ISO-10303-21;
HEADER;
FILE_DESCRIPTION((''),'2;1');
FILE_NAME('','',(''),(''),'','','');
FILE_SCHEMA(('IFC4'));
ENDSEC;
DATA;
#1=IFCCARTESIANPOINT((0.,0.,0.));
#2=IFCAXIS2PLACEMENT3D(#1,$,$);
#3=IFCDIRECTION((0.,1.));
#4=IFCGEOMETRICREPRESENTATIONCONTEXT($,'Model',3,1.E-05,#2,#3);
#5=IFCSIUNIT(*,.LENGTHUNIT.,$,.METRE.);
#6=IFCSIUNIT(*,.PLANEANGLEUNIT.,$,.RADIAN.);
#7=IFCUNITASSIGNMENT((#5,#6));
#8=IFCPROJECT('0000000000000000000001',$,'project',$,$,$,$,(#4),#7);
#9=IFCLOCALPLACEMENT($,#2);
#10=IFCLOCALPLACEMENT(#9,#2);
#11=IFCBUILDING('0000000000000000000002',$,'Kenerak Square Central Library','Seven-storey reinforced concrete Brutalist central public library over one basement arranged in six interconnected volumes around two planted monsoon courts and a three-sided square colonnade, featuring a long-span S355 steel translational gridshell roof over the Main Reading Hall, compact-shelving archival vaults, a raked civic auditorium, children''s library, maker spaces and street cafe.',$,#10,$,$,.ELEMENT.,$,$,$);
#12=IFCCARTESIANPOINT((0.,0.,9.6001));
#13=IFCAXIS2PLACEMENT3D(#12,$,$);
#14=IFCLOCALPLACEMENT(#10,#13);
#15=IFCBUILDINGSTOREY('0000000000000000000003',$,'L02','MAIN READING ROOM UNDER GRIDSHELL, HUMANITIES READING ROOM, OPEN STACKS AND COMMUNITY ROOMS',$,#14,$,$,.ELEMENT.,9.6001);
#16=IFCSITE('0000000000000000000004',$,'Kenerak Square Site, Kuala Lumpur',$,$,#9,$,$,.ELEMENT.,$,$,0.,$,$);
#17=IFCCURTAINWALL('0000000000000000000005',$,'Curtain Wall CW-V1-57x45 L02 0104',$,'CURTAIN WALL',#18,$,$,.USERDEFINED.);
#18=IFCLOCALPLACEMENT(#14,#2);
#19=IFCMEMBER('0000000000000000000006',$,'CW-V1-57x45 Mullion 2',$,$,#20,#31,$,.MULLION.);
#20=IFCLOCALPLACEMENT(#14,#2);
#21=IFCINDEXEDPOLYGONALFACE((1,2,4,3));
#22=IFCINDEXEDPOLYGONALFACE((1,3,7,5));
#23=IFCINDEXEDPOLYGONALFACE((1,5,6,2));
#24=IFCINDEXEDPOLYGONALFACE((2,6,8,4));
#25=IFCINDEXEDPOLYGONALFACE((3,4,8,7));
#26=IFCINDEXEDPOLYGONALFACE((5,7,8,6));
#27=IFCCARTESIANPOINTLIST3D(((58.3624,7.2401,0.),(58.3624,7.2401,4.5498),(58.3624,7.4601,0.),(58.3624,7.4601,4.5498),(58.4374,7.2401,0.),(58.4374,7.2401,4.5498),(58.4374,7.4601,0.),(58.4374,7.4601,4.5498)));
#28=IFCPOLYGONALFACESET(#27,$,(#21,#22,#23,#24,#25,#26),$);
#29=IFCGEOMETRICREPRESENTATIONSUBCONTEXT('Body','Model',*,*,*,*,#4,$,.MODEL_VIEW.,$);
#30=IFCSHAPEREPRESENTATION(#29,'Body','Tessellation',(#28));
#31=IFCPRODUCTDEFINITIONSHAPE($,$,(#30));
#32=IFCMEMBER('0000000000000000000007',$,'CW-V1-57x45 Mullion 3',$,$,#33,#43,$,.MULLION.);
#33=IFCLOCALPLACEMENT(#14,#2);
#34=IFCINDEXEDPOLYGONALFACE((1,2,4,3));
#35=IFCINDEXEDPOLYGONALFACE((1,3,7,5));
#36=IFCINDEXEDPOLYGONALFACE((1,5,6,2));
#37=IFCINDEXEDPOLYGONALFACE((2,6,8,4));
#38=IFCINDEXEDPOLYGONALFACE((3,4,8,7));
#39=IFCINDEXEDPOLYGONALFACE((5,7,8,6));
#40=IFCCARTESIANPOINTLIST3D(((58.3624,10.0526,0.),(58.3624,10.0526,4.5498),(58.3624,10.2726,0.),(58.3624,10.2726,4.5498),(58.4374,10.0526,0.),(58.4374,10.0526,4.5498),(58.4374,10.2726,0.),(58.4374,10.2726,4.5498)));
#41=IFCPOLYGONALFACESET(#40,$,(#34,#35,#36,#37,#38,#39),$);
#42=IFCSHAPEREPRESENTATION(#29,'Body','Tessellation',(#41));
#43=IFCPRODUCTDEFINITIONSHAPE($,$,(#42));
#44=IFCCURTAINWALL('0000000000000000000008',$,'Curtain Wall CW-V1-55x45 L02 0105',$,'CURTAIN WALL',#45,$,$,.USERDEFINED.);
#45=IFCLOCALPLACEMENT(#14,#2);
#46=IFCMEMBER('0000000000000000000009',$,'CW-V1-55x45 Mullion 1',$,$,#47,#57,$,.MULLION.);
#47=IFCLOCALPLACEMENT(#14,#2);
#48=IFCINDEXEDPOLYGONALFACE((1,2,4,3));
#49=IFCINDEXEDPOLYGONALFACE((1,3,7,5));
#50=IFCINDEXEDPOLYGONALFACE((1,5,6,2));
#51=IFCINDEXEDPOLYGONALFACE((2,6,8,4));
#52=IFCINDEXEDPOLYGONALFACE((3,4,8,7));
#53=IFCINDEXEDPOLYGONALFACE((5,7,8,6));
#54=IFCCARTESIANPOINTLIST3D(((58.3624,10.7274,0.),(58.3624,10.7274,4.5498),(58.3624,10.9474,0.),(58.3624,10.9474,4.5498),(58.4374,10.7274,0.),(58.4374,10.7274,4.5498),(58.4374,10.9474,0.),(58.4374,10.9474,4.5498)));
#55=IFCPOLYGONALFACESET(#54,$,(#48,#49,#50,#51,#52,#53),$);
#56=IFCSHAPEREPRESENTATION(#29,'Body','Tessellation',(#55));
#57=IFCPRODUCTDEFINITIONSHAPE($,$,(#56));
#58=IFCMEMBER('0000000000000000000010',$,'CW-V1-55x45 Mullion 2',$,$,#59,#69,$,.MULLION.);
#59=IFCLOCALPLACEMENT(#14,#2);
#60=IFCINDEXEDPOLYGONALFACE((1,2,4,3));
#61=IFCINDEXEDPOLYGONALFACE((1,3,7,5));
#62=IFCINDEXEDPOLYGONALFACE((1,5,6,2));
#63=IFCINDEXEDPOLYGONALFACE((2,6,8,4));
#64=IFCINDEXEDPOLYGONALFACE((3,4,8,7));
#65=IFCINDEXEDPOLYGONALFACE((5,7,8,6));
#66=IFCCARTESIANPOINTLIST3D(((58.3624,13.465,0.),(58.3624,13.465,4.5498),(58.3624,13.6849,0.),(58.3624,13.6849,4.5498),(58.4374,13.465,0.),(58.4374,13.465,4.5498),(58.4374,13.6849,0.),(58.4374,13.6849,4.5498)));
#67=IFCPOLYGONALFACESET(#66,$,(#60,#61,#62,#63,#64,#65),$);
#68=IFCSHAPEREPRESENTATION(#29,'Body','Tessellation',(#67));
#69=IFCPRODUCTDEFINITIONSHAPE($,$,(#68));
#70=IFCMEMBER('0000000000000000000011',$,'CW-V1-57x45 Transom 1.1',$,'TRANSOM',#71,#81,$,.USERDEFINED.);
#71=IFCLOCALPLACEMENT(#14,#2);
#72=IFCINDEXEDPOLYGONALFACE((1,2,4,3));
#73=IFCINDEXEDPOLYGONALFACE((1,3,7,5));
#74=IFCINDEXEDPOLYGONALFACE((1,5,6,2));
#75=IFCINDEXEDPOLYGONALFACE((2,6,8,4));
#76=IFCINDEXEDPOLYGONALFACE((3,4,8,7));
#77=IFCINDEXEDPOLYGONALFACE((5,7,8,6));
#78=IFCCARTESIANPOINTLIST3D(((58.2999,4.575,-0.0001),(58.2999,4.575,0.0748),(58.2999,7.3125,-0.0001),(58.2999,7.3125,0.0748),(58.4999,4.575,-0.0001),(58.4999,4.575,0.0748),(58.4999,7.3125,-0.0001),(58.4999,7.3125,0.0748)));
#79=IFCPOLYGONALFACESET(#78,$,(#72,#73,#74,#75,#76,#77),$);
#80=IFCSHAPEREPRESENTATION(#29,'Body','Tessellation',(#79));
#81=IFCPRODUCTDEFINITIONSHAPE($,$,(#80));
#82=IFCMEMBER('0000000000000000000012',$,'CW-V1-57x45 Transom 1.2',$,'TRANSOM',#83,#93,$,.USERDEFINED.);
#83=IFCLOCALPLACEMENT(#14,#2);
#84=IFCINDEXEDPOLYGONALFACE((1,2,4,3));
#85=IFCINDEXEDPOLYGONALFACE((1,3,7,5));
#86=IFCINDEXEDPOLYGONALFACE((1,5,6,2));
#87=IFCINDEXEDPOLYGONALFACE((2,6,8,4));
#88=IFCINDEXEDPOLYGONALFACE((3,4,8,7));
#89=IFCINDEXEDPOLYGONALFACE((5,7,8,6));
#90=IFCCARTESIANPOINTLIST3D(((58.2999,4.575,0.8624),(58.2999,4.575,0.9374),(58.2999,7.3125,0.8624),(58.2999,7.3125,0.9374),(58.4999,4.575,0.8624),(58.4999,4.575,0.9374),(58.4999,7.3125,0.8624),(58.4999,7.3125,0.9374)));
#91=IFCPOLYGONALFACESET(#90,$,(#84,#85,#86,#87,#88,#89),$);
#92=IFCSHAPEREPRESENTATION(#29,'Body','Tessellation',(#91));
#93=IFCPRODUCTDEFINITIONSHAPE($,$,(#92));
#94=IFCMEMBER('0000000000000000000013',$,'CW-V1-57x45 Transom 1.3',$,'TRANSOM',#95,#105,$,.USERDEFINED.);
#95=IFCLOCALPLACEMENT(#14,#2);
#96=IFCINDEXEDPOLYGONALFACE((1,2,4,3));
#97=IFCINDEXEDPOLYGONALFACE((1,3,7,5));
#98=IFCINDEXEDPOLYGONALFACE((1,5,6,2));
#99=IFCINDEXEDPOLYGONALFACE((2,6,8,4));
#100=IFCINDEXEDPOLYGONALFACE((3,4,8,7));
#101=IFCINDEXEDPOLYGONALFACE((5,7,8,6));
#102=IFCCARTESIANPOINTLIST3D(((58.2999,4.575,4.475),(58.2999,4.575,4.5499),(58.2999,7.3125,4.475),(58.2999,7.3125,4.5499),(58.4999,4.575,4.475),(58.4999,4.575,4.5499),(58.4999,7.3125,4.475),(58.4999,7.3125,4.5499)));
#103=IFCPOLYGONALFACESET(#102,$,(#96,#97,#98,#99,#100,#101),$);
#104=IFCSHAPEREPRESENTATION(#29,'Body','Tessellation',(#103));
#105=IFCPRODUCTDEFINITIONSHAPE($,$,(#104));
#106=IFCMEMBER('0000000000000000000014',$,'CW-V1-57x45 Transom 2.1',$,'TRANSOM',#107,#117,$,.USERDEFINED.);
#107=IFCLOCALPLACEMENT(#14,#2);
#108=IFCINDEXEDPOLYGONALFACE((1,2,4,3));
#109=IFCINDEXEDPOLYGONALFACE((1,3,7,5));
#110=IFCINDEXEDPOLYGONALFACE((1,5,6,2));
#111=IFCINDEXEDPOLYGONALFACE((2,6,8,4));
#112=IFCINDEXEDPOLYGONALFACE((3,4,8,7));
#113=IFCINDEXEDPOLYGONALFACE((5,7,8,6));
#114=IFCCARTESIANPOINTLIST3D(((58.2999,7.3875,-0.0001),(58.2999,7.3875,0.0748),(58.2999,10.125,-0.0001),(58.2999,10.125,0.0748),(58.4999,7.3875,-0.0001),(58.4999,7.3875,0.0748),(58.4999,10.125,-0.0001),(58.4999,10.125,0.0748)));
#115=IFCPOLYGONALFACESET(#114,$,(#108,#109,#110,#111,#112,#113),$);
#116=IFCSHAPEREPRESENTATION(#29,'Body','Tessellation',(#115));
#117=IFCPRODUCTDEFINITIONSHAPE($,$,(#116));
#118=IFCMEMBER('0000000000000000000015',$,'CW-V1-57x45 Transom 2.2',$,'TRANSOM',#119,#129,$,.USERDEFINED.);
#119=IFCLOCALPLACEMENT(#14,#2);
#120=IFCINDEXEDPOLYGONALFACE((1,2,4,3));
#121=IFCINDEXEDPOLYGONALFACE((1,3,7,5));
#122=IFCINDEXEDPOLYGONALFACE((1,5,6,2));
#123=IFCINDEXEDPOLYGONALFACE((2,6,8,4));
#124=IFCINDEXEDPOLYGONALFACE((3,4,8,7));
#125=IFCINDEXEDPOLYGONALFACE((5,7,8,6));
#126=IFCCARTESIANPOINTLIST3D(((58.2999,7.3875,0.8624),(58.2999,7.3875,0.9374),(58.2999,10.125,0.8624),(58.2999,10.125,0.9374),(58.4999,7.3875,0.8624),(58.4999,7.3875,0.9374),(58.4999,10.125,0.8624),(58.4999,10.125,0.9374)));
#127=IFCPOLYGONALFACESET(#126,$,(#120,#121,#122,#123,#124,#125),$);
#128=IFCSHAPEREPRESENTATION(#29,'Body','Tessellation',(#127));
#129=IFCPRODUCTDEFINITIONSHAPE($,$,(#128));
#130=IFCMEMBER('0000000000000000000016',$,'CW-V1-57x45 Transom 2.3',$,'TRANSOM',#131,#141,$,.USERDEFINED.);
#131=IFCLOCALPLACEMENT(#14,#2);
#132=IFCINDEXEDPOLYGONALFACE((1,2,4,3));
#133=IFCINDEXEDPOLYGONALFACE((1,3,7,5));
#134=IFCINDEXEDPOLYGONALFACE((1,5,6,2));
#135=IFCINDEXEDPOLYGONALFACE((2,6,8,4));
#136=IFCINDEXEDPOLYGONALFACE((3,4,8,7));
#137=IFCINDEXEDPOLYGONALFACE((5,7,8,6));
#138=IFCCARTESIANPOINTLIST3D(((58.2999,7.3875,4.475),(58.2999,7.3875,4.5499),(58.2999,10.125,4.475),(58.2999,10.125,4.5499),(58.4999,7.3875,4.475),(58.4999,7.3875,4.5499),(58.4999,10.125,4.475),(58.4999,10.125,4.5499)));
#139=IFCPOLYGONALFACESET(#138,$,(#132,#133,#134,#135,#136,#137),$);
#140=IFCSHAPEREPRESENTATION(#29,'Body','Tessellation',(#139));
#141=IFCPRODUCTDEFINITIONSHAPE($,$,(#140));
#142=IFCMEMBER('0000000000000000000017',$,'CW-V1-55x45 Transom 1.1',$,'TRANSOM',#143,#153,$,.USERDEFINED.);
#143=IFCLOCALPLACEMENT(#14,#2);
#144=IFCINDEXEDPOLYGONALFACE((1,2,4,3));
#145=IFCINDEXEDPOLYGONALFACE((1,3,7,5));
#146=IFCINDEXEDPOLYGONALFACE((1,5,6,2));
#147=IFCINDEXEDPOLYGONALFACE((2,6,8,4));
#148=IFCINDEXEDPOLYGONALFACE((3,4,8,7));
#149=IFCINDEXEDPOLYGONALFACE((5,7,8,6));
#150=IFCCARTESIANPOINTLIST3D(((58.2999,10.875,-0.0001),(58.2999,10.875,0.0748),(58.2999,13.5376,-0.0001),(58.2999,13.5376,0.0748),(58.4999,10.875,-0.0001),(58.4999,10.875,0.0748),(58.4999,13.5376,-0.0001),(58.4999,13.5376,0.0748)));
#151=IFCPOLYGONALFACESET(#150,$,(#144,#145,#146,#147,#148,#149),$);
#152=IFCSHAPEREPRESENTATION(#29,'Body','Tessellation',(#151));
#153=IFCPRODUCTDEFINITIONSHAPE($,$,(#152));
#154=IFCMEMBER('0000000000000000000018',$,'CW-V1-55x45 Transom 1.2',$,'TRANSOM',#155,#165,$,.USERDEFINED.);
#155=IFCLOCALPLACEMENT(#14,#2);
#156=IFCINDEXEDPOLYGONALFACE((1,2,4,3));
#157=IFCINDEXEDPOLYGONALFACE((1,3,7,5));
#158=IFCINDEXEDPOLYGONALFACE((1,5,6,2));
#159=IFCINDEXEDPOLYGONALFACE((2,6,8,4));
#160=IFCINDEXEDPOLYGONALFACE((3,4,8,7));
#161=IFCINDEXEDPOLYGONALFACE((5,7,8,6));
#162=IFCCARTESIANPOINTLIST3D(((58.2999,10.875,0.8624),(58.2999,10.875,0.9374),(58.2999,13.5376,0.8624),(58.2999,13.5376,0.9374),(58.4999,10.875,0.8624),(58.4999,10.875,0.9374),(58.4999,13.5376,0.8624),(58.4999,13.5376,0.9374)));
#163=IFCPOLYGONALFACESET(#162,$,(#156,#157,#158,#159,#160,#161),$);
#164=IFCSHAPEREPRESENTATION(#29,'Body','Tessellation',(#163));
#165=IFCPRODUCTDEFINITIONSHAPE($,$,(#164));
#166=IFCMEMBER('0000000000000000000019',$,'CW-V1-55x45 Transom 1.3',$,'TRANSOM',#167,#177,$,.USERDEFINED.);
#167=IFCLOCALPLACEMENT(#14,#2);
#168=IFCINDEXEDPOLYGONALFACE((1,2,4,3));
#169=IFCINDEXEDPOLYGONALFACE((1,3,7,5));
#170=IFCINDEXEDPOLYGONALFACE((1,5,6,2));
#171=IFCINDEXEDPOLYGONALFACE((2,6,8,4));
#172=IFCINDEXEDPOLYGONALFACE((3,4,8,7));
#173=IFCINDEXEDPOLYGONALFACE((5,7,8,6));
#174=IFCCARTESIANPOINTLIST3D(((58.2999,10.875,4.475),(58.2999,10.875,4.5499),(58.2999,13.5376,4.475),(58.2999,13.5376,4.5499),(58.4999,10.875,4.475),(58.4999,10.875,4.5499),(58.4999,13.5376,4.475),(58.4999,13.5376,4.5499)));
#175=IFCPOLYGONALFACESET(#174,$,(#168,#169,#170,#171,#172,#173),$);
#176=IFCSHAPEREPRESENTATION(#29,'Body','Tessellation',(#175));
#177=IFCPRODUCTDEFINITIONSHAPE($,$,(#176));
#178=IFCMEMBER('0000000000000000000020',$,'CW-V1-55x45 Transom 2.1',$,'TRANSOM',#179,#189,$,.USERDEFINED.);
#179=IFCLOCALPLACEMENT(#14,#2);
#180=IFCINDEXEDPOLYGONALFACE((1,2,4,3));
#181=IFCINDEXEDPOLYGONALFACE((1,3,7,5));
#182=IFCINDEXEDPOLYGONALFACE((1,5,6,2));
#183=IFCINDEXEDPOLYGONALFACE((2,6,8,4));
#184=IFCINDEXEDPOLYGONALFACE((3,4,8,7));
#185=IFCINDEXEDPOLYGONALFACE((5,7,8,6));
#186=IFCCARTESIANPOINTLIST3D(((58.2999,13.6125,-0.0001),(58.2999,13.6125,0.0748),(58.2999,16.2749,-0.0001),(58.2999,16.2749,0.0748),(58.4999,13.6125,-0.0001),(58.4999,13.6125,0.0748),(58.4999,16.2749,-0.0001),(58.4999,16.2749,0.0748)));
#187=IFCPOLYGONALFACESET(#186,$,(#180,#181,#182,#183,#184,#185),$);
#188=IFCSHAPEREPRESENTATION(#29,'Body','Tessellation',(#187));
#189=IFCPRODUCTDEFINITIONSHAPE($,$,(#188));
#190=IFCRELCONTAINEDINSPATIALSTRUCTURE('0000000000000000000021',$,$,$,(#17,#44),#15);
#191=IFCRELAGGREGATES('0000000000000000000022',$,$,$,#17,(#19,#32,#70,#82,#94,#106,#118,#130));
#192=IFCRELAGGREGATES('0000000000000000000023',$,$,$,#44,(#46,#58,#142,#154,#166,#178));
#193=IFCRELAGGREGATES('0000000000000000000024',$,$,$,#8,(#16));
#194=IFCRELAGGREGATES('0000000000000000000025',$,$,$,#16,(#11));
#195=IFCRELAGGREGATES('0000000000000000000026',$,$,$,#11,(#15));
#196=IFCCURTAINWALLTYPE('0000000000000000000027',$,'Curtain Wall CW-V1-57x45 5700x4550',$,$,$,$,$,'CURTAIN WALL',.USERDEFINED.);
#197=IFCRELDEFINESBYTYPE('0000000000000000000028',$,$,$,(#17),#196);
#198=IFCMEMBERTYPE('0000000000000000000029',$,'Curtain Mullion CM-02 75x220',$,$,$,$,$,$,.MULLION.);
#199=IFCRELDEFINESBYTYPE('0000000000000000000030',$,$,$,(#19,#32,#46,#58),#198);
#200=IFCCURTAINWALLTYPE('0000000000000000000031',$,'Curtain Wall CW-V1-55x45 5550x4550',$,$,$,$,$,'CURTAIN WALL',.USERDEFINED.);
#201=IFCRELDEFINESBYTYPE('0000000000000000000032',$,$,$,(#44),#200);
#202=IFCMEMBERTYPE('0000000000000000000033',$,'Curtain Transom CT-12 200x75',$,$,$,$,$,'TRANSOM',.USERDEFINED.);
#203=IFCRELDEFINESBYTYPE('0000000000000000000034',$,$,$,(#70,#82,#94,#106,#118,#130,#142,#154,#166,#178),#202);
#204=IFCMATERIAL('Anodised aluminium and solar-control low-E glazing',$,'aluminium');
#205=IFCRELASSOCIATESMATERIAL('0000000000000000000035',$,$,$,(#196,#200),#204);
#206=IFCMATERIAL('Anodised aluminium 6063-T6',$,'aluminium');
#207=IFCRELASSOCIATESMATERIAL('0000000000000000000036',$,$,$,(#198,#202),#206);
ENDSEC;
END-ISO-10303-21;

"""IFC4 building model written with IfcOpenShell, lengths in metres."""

from ifc_helpers import new_model, si_unit, direction, frame, origin, origin_2d, place, context, subcontext, project, spatial, rectangle, extrude, material, material_profile, profile_set, type_object, element, aggregate, save


model = new_model("IFC4")

# Units and contexts
model_context = context("Model", 3, precision=1e-05, world=origin(), true_north=direction((0.0, 1.0)))
body_context = subcontext(model_context, "Body", "Model", "MODEL_VIEW")
ifc_project = project(units=[si_unit("LENGTHUNIT", "METRE"), si_unit("PLANEANGLEUNIT", "RADIAN")], contexts=[model_context])

# Site, building, storey
site_placement = place(None, origin())
site = spatial("IfcSite", under=ifc_project, at=site_placement, Name="Kenerak Square Site, Kuala Lumpur", CompositionType="ELEMENT", RefElevation=0.0)
building_placement = place(site_placement, origin())
building = spatial("IfcBuilding", under=site, at=building_placement, Name="Kenerak Square Central Library", Description="Seven-storey reinforced concrete Brutalist central public library over one basement arranged in six interconnected volumes around two planted monsoon courts and a three-sided square colonnade, featuring a long-span S355 steel translational gridshell roof over the Main Reading Hall, compact-shelving archival vaults, a raked civic auditorium, children's library, maker spaces and street cafe.", CompositionType="ELEMENT")
storey_placement = place(building_placement, frame((0.0, 0.0, 9.6001)))
storey = spatial("IfcBuildingStorey", under=building, at=storey_placement, Name="L02", Description="MAIN READING ROOM UNDER GRIDSHELL, HUMANITIES READING ROOM, OPEN STACKS AND COMMUNITY ROOMS", CompositionType="ELEMENT", Elevation=9.6001)

# Curtain walls, members
ifc_material_1 = material(Name="Anodised aluminium and solar-control low-E glazing", Category="aluminium")
curtain_wall_type_1 = type_object("IfcCurtainWallType", Name="Curtain Wall CW-V1-57x45 5700x4550", ElementType="CURTAIN WALL", PredefinedType="USERDEFINED", material=ifc_material_1)
curtain_wall_1_placement = place(storey_placement, origin())
curtain_wall_1 = element("IfcCurtainWall", 1, at=curtain_wall_1_placement, inside=storey, type_object=curtain_wall_type_1, Name="Curtain Wall CW-V1-57x45 L02 0104", ObjectType="CURTAIN WALL", PredefinedType="USERDEFINED")
ifc_material_2 = material(Name="Anodised aluminium 6063-T6", Category="aluminium")
ifc_material_profile_1 = material_profile(ifc_material_2, rectangle(XDim=0.075, YDim=0.22, at=origin_2d()), Name="AL MULLION 75x220")
ifc_profile_set_1 = profile_set([ifc_material_profile_1], Name="Anodised aluminium 6063-T6")
member_type_1 = type_object("IfcMemberType", Name="Curtain Mullion CM-02 75x220", PredefinedType="MULLION", material=ifc_profile_set_1)
member_1_placement = place(storey_placement, frame((58.3999, 7.3501, 0.0), z_axis=(0.0, 0.0, 1.0), x_axis=(-1.0, 0.0, 0.0)))
member_1 = element("IfcMember", 2, at=member_1_placement, type_object=member_type_1, Name="CW-V1-57x45 Mullion 2", PredefinedType="MULLION", context=body_context, shape_type="SweptSolid", body=[
    extrude(rectangle(XDim=0.075, YDim=0.22, at=origin_2d()), origin(), (0.0, 0.0, 1.0), 4.5498),
])
member_2_placement = place(storey_placement, frame((58.3999, 10.1626, 0.0), z_axis=(0.0, 0.0, 1.0), x_axis=(-1.0, 0.0, 0.0)))
member_2 = element("IfcMember", 3, at=member_2_placement, type_object=member_type_1, Name="CW-V1-57x45 Mullion 3", PredefinedType="MULLION", context=body_context, shape_type="SweptSolid", body=[
    extrude(rectangle(XDim=0.075, YDim=0.22, at=origin_2d()), origin(), (0.0, 0.0, 1.0), 4.5498),
])
curtain_wall_type_2 = type_object("IfcCurtainWallType", Name="Curtain Wall CW-V1-55x45 5550x4550", ElementType="CURTAIN WALL", PredefinedType="USERDEFINED", material=ifc_material_1)
curtain_wall_2_placement = place(storey_placement, origin())
curtain_wall_2 = element("IfcCurtainWall", 4, at=curtain_wall_2_placement, inside=storey, type_object=curtain_wall_type_2, Name="Curtain Wall CW-V1-55x45 L02 0105", ObjectType="CURTAIN WALL", PredefinedType="USERDEFINED")
member_3_placement = place(storey_placement, frame((58.3999, 10.8374, 0.0), z_axis=(0.0, 0.0, 1.0), x_axis=(-1.0, 0.0, 0.0)))
member_3 = element("IfcMember", 5, at=member_3_placement, type_object=member_type_1, Name="CW-V1-55x45 Mullion 1", PredefinedType="MULLION", context=body_context, shape_type="SweptSolid", body=[
    extrude(rectangle(XDim=0.075, YDim=0.22, at=origin_2d()), origin(), (0.0, 0.0, 1.0), 4.5498),
])
member_4_placement = place(storey_placement, frame((58.3999, 13.575, 0.0), z_axis=(0.0, 0.0, 1.0), x_axis=(-1.0, 0.0, 0.0)))
member_4 = element("IfcMember", 6, at=member_4_placement, type_object=member_type_1, Name="CW-V1-55x45 Mullion 2", PredefinedType="MULLION", context=body_context, shape_type="SweptSolid", body=[
    extrude(rectangle(XDim=0.075, YDim=0.22, at=origin_2d()), origin(), (0.0, 0.0, 1.0), 4.5498),
])

# Members
ifc_material_profile_2 = material_profile(ifc_material_2, rectangle(XDim=0.2, YDim=0.075, at=origin_2d()), Name="AL TRANSOM 200x75")
ifc_profile_set_2 = profile_set([ifc_material_profile_2], Name="Anodised aluminium 6063-T6")
member_type_2 = type_object("IfcMemberType", Name="Curtain Transom CT-12 200x75", ElementType="TRANSOM", PredefinedType="USERDEFINED", material=ifc_profile_set_2)
member_5_placement = place(storey_placement, frame((58.3999, 4.575, 0.0374), z_axis=(0.0, 1.0, 0.0), x_axis=(-1.0, 0.0, 0.0)))
member_5 = element("IfcMember", 7, at=member_5_placement, type_object=member_type_2, Name="CW-V1-57x45 Transom 1.1", ObjectType="TRANSOM", PredefinedType="USERDEFINED", context=body_context, shape_type="SweptSolid", body=[
    extrude(rectangle(XDim=0.2, YDim=0.075, at=origin_2d()), origin(), (0.0, 0.0, 1.0), 2.7375),
])
member_6_placement = place(storey_placement, frame((58.3999, 4.575, 0.8999), z_axis=(0.0, 1.0, 0.0), x_axis=(-1.0, 0.0, 0.0)))
member_6 = element("IfcMember", 8, at=member_6_placement, type_object=member_type_2, Name="CW-V1-57x45 Transom 1.2", ObjectType="TRANSOM", PredefinedType="USERDEFINED", context=body_context, shape_type="SweptSolid", body=[
    extrude(rectangle(XDim=0.2, YDim=0.075, at=origin_2d()), origin(), (0.0, 0.0, 1.0), 2.7375),
])
member_7_placement = place(storey_placement, frame((58.3999, 4.575, 4.5125), z_axis=(0.0, 1.0, 0.0), x_axis=(-1.0, 0.0, 0.0)))
member_7 = element("IfcMember", 9, at=member_7_placement, type_object=member_type_2, Name="CW-V1-57x45 Transom 1.3", ObjectType="TRANSOM", PredefinedType="USERDEFINED", context=body_context, shape_type="SweptSolid", body=[
    extrude(rectangle(XDim=0.2, YDim=0.075, at=origin_2d()), origin(), (0.0, 0.0, 1.0), 2.7375),
])
member_8_placement = place(storey_placement, frame((58.3999, 7.3875, 0.0374), z_axis=(0.0, 1.0, 0.0), x_axis=(-1.0, 0.0, 0.0)))
member_8 = element("IfcMember", 10, at=member_8_placement, type_object=member_type_2, Name="CW-V1-57x45 Transom 2.1", ObjectType="TRANSOM", PredefinedType="USERDEFINED", context=body_context, shape_type="SweptSolid", body=[
    extrude(rectangle(XDim=0.2, YDim=0.075, at=origin_2d()), origin(), (0.0, 0.0, 1.0), 2.7375),
])
member_9_placement = place(storey_placement, frame((58.3999, 7.3875, 0.8999), z_axis=(0.0, 1.0, 0.0), x_axis=(-1.0, 0.0, 0.0)))
member_9 = element("IfcMember", 11, at=member_9_placement, type_object=member_type_2, Name="CW-V1-57x45 Transom 2.2", ObjectType="TRANSOM", PredefinedType="USERDEFINED", context=body_context, shape_type="SweptSolid", body=[
    extrude(rectangle(XDim=0.2, YDim=0.075, at=origin_2d()), origin(), (0.0, 0.0, 1.0), 2.7375),
])
member_10_placement = place(storey_placement, frame((58.3999, 7.3875, 4.5125), z_axis=(0.0, 1.0, 0.0), x_axis=(-1.0, 0.0, 0.0)))
member_10 = element("IfcMember", 12, at=member_10_placement, type_object=member_type_2, Name="CW-V1-57x45 Transom 2.3", ObjectType="TRANSOM", PredefinedType="USERDEFINED", context=body_context, shape_type="SweptSolid", body=[
    extrude(rectangle(XDim=0.2, YDim=0.075, at=origin_2d()), origin(), (0.0, 0.0, 1.0), 2.7375),
])
member_11_placement = place(storey_placement, frame((58.3999, 10.875, 0.0374), z_axis=(0.0, 1.0, 0.0), x_axis=(-1.0, 0.0, 0.0)))
member_11 = element("IfcMember", 13, at=member_11_placement, type_object=member_type_2, Name="CW-V1-55x45 Transom 1.1", ObjectType="TRANSOM", PredefinedType="USERDEFINED", context=body_context, shape_type="SweptSolid", body=[
    extrude(rectangle(XDim=0.2, YDim=0.075, at=origin_2d()), origin(), (0.0, 0.0, 1.0), 2.6626),
])
member_12_placement = place(storey_placement, frame((58.3999, 10.875, 0.8999), z_axis=(0.0, 1.0, 0.0), x_axis=(-1.0, 0.0, 0.0)))
member_12 = element("IfcMember", 14, at=member_12_placement, type_object=member_type_2, Name="CW-V1-55x45 Transom 1.2", ObjectType="TRANSOM", PredefinedType="USERDEFINED", context=body_context, shape_type="SweptSolid", body=[
    extrude(rectangle(XDim=0.2, YDim=0.075, at=origin_2d()), origin(), (0.0, 0.0, 1.0), 2.6626),
])
member_13_placement = place(storey_placement, frame((58.3999, 10.875, 4.5125), z_axis=(0.0, 1.0, 0.0), x_axis=(-1.0, 0.0, 0.0)))
member_13 = element("IfcMember", 15, at=member_13_placement, type_object=member_type_2, Name="CW-V1-55x45 Transom 1.3", ObjectType="TRANSOM", PredefinedType="USERDEFINED", context=body_context, shape_type="SweptSolid", body=[
    extrude(rectangle(XDim=0.2, YDim=0.075, at=origin_2d()), origin(), (0.0, 0.0, 1.0), 2.6626),
])
member_14_placement = place(storey_placement, frame((58.3999, 13.6125, 0.0374), z_axis=(0.0, 1.0, 0.0), x_axis=(-1.0, 0.0, 0.0)))
member_14 = element("IfcMember", 16, at=member_14_placement, type_object=member_type_2, Name="CW-V1-55x45 Transom 2.1", ObjectType="TRANSOM", PredefinedType="USERDEFINED", context=body_context, shape_type="SweptSolid", body=[
    extrude(rectangle(XDim=0.2, YDim=0.075, at=origin_2d()), origin(), (0.0, 0.0, 1.0), 2.6624),
])

aggregate(curtain_wall_1, [member_1, member_2, member_5, member_6, member_7, member_8, member_9, member_10])
aggregate(curtain_wall_2, [member_3, member_4, member_11, member_12, member_13, member_14])

save(model, "model.ifc")
